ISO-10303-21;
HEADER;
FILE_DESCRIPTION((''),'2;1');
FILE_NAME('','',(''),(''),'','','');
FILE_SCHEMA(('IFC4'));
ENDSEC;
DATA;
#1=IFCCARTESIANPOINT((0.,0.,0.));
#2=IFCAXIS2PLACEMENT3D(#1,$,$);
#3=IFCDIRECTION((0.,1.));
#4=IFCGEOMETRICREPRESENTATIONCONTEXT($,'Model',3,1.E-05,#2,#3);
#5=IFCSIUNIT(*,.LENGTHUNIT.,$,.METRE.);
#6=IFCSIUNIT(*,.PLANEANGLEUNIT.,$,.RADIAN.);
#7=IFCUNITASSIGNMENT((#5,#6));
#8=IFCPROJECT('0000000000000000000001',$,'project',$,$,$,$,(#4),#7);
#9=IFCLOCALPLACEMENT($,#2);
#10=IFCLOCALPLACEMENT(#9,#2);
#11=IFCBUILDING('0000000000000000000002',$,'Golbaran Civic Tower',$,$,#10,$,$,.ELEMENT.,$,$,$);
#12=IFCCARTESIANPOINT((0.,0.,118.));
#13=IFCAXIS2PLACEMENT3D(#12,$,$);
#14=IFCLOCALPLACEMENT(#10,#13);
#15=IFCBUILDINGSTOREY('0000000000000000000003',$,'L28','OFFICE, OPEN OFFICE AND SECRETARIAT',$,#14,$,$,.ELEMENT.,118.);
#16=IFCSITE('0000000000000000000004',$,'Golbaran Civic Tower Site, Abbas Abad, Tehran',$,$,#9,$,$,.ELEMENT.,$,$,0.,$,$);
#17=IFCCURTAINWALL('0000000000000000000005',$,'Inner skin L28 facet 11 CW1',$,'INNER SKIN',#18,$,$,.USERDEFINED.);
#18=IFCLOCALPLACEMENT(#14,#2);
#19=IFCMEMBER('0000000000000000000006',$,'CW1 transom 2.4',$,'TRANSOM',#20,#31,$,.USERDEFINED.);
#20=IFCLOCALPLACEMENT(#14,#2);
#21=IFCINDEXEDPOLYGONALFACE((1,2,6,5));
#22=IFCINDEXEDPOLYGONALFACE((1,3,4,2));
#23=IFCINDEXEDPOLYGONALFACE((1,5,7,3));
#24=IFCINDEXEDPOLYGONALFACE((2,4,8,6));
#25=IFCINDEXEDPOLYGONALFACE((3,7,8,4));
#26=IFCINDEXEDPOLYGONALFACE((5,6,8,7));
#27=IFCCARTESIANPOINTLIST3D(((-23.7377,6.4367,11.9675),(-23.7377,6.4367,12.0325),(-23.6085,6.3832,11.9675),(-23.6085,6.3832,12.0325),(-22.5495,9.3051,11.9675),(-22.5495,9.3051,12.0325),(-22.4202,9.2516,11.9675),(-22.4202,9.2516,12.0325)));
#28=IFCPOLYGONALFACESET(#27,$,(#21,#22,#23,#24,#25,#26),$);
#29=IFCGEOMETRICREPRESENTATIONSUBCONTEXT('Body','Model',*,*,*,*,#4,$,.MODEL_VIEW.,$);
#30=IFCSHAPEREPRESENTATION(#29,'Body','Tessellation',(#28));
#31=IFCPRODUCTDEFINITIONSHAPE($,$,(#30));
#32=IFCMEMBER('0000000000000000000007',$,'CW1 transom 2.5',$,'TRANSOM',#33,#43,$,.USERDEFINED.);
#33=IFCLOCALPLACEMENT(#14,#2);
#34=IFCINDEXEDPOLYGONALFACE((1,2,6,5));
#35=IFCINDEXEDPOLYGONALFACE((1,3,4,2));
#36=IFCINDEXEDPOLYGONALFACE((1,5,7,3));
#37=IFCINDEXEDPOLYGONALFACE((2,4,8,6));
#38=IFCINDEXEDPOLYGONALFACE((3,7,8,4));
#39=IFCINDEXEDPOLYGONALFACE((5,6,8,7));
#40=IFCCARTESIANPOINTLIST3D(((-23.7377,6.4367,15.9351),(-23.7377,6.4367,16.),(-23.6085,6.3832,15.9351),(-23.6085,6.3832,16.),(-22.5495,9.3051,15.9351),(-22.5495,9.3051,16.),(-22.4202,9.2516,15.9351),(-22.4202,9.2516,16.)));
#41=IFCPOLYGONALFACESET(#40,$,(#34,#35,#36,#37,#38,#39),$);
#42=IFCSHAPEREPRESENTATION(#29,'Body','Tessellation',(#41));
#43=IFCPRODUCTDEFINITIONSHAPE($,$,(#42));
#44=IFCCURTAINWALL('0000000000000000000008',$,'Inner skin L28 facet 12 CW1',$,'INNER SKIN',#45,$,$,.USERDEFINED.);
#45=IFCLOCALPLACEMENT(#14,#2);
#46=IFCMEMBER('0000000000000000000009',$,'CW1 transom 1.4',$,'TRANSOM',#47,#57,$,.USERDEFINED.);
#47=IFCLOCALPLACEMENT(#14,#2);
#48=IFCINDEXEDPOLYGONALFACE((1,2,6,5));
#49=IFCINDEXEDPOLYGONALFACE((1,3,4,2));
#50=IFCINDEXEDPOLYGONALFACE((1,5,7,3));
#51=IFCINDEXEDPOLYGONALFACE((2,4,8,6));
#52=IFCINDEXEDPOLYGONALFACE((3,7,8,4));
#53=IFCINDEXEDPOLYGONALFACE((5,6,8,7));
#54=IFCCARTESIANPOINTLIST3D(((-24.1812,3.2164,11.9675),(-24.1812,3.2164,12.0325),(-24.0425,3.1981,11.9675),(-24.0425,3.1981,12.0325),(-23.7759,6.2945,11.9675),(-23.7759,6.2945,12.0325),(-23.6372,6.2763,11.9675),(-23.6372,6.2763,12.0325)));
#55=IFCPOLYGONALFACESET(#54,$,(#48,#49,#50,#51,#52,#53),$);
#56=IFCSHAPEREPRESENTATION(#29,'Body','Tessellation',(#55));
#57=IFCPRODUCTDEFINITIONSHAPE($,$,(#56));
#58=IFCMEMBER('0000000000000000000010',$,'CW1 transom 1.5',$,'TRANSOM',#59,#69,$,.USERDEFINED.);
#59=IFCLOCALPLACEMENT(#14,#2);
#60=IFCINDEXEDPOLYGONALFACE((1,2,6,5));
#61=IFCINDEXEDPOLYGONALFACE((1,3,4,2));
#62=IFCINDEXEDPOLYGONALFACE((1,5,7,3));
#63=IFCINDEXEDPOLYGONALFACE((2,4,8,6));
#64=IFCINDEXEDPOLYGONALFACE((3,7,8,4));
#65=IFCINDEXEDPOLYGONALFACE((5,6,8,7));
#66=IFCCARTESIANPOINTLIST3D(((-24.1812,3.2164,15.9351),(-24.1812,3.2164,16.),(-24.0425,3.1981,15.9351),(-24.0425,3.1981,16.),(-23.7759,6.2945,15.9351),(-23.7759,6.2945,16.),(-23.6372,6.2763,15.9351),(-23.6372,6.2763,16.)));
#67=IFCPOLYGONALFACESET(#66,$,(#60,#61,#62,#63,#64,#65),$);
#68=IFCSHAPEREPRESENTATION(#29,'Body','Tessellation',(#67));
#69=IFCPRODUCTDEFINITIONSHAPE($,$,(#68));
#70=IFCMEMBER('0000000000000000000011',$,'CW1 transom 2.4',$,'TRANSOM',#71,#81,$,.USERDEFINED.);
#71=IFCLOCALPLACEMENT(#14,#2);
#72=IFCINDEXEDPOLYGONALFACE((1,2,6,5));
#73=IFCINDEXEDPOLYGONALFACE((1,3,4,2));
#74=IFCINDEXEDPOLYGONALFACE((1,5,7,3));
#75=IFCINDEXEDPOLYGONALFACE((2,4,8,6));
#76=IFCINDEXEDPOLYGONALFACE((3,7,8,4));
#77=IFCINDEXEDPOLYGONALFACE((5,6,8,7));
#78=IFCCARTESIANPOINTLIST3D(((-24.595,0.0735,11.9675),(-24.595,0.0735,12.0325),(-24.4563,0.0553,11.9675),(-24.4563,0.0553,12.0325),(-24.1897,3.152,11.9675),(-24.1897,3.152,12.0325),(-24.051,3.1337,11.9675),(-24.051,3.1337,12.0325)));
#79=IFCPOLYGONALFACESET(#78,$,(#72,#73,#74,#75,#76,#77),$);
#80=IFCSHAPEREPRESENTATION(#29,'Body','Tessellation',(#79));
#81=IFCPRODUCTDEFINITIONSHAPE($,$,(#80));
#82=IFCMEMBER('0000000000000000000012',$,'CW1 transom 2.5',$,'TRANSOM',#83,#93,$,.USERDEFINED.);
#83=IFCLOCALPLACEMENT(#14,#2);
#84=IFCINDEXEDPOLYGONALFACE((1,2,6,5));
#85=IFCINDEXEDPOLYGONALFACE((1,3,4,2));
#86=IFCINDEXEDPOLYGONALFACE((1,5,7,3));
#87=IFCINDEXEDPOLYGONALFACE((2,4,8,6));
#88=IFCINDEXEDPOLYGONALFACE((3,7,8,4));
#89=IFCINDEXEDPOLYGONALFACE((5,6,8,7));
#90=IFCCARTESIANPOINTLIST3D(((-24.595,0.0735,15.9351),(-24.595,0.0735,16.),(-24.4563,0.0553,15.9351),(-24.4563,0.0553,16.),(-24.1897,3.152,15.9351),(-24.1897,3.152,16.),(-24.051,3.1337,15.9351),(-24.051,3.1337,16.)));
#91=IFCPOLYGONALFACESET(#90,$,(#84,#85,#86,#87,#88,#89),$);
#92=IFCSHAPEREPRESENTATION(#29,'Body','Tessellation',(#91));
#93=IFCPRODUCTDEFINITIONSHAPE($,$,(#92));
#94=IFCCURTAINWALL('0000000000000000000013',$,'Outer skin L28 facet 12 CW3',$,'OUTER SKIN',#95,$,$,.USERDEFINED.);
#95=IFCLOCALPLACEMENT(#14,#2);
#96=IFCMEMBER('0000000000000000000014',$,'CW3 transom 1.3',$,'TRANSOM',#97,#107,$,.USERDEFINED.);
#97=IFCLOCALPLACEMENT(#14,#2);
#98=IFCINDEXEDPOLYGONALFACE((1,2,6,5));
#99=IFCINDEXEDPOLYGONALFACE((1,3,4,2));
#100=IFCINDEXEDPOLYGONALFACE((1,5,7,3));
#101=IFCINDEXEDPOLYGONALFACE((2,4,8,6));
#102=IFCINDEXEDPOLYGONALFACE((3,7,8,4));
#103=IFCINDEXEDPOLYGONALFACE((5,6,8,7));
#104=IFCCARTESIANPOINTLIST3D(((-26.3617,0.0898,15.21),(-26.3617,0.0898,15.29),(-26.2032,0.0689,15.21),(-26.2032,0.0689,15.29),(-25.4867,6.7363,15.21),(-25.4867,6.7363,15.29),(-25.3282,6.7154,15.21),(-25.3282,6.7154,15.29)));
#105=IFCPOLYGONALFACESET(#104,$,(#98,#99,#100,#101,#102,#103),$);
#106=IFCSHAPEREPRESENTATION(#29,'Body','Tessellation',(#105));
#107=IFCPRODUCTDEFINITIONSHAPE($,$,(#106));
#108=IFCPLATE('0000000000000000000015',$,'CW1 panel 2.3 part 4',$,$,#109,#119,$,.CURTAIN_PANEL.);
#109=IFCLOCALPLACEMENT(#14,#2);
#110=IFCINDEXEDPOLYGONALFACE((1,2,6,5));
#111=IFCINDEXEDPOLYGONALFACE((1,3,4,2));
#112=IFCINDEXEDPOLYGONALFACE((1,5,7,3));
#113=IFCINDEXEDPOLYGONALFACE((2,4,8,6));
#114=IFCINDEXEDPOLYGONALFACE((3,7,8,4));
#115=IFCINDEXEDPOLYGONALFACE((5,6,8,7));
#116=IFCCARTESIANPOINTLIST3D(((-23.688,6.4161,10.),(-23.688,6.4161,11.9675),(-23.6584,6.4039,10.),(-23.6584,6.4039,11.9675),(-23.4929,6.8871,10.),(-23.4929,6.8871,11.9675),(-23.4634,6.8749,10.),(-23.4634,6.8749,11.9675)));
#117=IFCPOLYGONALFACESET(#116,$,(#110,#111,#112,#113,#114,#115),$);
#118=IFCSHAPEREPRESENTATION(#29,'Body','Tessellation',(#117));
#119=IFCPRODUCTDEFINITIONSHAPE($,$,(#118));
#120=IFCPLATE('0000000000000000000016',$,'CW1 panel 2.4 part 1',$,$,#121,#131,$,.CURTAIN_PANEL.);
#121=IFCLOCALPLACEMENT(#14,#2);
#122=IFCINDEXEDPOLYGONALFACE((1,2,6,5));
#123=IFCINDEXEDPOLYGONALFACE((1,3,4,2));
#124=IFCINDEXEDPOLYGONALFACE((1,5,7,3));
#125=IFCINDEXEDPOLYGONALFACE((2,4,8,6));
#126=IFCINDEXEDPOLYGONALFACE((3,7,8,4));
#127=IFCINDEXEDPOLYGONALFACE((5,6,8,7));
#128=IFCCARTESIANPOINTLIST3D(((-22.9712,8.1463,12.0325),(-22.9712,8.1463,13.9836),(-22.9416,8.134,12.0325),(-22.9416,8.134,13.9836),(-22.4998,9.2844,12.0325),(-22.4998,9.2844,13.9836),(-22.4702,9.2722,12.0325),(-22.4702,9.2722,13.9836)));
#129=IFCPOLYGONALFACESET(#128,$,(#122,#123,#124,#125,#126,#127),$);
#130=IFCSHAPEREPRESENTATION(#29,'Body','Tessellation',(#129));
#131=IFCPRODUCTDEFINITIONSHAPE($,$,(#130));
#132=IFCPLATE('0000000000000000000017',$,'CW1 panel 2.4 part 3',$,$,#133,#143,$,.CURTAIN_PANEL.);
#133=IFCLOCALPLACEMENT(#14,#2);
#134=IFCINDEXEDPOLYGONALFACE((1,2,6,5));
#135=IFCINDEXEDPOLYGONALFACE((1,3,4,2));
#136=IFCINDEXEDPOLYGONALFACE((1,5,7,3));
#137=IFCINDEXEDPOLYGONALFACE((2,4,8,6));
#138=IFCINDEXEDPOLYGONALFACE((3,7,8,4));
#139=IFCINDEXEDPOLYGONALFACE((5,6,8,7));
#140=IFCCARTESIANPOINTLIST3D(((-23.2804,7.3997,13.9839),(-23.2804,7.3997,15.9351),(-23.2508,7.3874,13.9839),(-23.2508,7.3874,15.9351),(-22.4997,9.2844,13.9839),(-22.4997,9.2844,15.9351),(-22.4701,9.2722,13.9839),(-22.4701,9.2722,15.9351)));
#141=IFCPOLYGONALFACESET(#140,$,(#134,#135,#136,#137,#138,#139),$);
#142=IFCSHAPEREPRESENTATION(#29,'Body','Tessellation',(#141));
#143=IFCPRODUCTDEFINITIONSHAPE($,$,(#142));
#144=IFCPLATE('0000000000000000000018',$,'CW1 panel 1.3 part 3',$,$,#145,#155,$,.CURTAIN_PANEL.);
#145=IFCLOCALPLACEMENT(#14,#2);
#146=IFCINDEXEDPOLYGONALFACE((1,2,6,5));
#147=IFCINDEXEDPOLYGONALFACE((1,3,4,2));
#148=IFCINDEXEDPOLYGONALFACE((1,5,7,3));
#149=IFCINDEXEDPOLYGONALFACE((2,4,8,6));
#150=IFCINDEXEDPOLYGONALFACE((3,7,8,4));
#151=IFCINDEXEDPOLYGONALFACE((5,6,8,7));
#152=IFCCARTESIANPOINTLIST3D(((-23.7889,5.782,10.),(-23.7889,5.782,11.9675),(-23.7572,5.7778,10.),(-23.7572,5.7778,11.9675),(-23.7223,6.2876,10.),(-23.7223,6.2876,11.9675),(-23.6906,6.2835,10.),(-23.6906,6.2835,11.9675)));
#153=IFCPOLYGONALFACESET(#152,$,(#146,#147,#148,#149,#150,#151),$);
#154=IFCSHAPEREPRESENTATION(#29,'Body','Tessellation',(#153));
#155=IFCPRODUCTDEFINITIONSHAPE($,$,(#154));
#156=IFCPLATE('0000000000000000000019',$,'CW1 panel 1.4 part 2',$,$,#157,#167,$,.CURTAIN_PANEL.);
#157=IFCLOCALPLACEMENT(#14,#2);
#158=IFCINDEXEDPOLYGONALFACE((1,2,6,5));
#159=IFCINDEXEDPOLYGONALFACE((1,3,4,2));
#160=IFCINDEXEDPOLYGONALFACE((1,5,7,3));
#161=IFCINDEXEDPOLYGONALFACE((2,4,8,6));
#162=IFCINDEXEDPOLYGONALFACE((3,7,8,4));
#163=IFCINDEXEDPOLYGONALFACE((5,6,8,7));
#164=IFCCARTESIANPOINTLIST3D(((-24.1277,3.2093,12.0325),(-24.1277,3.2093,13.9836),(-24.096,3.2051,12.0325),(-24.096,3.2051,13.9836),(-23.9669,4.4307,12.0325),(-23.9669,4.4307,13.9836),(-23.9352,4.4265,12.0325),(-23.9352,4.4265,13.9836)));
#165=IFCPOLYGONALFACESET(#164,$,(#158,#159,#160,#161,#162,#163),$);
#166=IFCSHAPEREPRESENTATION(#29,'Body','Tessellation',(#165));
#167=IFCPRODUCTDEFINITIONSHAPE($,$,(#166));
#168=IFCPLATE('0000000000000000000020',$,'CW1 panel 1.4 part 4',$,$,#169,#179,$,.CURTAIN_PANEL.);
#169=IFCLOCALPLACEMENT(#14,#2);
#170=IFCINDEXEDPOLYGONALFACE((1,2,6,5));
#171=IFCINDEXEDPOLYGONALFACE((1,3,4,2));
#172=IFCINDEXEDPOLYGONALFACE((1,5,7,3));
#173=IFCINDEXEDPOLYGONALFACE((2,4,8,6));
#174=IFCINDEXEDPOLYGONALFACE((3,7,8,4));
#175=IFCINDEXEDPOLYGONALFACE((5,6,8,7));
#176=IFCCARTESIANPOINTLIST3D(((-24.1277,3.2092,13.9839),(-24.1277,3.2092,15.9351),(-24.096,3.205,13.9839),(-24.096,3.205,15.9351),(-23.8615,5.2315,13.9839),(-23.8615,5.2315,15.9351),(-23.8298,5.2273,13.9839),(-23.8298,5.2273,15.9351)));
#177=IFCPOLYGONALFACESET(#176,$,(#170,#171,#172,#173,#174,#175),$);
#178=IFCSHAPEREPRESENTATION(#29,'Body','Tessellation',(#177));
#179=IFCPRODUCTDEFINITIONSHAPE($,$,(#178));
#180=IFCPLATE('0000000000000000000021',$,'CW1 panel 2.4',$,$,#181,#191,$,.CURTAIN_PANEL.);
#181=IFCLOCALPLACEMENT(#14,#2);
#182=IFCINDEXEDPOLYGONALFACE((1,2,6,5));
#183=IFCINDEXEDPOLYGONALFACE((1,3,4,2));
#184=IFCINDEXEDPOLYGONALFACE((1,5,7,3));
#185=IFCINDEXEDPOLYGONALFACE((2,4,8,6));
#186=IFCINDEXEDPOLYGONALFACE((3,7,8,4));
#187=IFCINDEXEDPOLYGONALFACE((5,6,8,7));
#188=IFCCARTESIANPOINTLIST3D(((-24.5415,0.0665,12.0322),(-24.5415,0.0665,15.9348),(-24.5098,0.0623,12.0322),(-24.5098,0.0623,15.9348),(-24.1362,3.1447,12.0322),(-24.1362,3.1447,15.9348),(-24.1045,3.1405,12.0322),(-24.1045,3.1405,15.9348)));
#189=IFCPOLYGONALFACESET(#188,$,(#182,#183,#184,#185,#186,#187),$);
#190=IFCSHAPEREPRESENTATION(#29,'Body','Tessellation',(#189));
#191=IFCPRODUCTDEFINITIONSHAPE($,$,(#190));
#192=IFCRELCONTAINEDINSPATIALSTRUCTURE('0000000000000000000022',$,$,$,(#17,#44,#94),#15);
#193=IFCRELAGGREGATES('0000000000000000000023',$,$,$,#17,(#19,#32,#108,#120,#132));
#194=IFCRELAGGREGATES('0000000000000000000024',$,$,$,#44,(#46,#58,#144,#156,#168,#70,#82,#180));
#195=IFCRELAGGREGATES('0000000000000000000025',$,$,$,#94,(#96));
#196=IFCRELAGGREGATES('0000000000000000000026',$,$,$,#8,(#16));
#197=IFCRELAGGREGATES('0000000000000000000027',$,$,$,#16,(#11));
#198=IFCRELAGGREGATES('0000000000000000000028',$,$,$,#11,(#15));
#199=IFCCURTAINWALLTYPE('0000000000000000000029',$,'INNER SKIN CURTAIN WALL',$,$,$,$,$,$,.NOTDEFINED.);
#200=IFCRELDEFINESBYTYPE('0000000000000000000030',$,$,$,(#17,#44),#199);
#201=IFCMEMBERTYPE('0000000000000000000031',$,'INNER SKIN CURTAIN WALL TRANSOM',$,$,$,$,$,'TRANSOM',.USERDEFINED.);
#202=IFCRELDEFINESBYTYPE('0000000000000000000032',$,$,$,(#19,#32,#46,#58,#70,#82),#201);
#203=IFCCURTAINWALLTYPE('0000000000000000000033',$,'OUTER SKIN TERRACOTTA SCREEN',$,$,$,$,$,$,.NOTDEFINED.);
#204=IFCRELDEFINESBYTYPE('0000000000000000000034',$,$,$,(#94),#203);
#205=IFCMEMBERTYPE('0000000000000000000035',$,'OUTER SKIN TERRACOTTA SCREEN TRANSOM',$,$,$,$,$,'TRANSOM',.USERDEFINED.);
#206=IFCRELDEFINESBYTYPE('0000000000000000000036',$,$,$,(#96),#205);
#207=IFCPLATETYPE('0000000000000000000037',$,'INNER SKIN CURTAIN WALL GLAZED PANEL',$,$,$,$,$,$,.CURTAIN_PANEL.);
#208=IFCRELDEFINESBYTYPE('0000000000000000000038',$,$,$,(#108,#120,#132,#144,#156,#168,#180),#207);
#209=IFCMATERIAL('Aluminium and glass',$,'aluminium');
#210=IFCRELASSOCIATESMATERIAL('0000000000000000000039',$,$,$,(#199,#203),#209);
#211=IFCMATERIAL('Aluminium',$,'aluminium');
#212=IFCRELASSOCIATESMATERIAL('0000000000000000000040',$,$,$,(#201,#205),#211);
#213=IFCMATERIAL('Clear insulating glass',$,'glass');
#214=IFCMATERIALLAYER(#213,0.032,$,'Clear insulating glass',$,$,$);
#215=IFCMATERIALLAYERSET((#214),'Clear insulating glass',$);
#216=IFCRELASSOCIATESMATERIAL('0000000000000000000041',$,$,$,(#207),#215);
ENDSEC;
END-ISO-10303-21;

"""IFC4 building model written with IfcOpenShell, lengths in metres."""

from ifc_helpers import new_model, si_unit, direction, frame, origin, origin_2d, place, context, subcontext, project, spatial, rectangle, extrude, material, layer, layer_set, material_profile, profile_set, type_object, element, aggregate, save


model = new_model("IFC4")

# Units and contexts
model_context = context("Model", 3, precision=1e-05, world=origin(), true_north=direction((0.0, 1.0)))
body_context = subcontext(model_context, "Body", "Model", "MODEL_VIEW")
ifc_project = project(units=[si_unit("LENGTHUNIT", "METRE"), si_unit("PLANEANGLEUNIT", "RADIAN")], contexts=[model_context])

# Site, building, storey
site_placement = place(None, origin())
site = spatial("IfcSite", under=ifc_project, at=site_placement, Name="Golbaran Civic Tower Site, Abbas Abad, Tehran", CompositionType="ELEMENT", RefElevation=0.0)
building_placement = place(site_placement, origin())
building = spatial("IfcBuilding", under=site, at=building_placement, Name="Golbaran Civic Tower", CompositionType="ELEMENT")
storey_placement = place(building_placement, frame((0.0, 0.0, 118.0)))
storey = spatial("IfcBuildingStorey", under=building, at=storey_placement, Name="L28", Description="OFFICE, OPEN OFFICE AND SECRETARIAT", CompositionType="ELEMENT", Elevation=118.0)

# Curtain walls, members
ifc_material_1 = material(Name="Aluminium and glass", Category="aluminium")
curtain_wall_type_1 = type_object("IfcCurtainWallType", Name="INNER SKIN CURTAIN WALL", PredefinedType="NOTDEFINED", material=ifc_material_1)
curtain_wall_1_placement = place(storey_placement, origin())
curtain_wall_1 = element("IfcCurtainWall", 1, at=curtain_wall_1_placement, inside=storey, type_object=curtain_wall_type_1, Name="Inner skin L28 facet 11 CW1", ObjectType="INNER SKIN", PredefinedType="USERDEFINED")
ifc_material_2 = material(Name="Aluminium", Category="aluminium")
ifc_material_profile_1 = material_profile(ifc_material_2, rectangle(XDim=0.1399, YDim=0.0649, at=origin_2d()), Name="INNER SKIN CURTAIN WALL TRANSOM")
ifc_profile_set_1 = profile_set([ifc_material_profile_1], Name="Aluminium")
member_type_1 = type_object("IfcMemberType", Name="INNER SKIN CURTAIN WALL TRANSOM", ElementType="TRANSOM", PredefinedType="USERDEFINED", material=ifc_profile_set_1)
member_1_placement = place(storey_placement, frame((-22.4849, 9.2783, 12.0), z_axis=(-0.382711, -0.923868, 0.0), x_axis=(0.923868, -0.382711, 0.0)))
member_1 = element("IfcMember", 2, at=member_1_placement, type_object=member_type_1, Name="CW1 transom 2.4", ObjectType="TRANSOM", PredefinedType="USERDEFINED", context=body_context, shape_type="SweptSolid", body=[
    extrude(rectangle(XDim=0.1399, YDim=0.0649, at=origin_2d()), origin(), (0.0, 0.0, 1.0), 3.1047),
])
member_2_placement = place(storey_placement, frame((-22.4849, 9.2783, 15.9675), z_axis=(-0.382711, -0.923868, 0.0), x_axis=(0.923868, -0.382711, 0.0)))
member_2 = element("IfcMember", 3, at=member_2_placement, type_object=member_type_1, Name="CW1 transom 2.5", ObjectType="TRANSOM", PredefinedType="USERDEFINED", context=body_context, shape_type="SweptSolid", body=[
    extrude(rectangle(XDim=0.1399, YDim=0.0649, at=origin_2d()), origin(), (0.0, 0.0, 1.0), 3.1047),
])
curtain_wall_2_placement = place(storey_placement, origin())
curtain_wall_2 = element("IfcCurtainWall", 4, at=curtain_wall_2_placement, inside=storey, type_object=curtain_wall_type_1, Name="Inner skin L28 facet 12 CW1", ObjectType="INNER SKIN", PredefinedType="USERDEFINED")
member_3_placement = place(storey_placement, frame((-23.7065, 6.2854, 12.0), z_axis=(-0.130536, -0.991444, 0.0), x_axis=(0.991444, -0.130536, 0.0)))
member_3 = element("IfcMember", 5, at=member_3_placement, type_object=member_type_1, Name="CW1 transom 1.4", ObjectType="TRANSOM", PredefinedType="USERDEFINED", context=body_context, shape_type="SweptSolid", body=[
    extrude(rectangle(XDim=0.1399, YDim=0.0649, at=origin_2d()), origin(), (0.0, 0.0, 1.0), 3.1047),
])
member_4_placement = place(storey_placement, frame((-23.7065, 6.2854, 15.9675), z_axis=(-0.130536, -0.991444, 0.0), x_axis=(0.991444, -0.130536, 0.0)))
member_4 = element("IfcMember", 6, at=member_4_placement, type_object=member_type_1, Name="CW1 transom 1.5", ObjectType="TRANSOM", PredefinedType="USERDEFINED", context=body_context, shape_type="SweptSolid", body=[
    extrude(rectangle(XDim=0.1399, YDim=0.0649, at=origin_2d()), origin(), (0.0, 0.0, 1.0), 3.1047),
])
member_5_placement = place(storey_placement, frame((-24.1204, 3.1428, 12.0), z_axis=(-0.130526, -0.991445, 0.0), x_axis=(0.991445, -0.130526, 0.0)))
member_5 = element("IfcMember", 7, at=member_5_placement, type_object=member_type_1, Name="CW1 transom 2.4", ObjectType="TRANSOM", PredefinedType="USERDEFINED", context=body_context, shape_type="SweptSolid", body=[
    extrude(rectangle(XDim=0.1399, YDim=0.0649, at=origin_2d()), origin(), (0.0, 0.0, 1.0), 3.105),
])
member_6_placement = place(storey_placement, frame((-24.1204, 3.1428, 15.9675), z_axis=(-0.130526, -0.991445, 0.0), x_axis=(0.991445, -0.130526, 0.0)))
member_6 = element("IfcMember", 8, at=member_6_placement, type_object=member_type_1, Name="CW1 transom 2.5", ObjectType="TRANSOM", PredefinedType="USERDEFINED", context=body_context, shape_type="SweptSolid", body=[
    extrude(rectangle(XDim=0.1399, YDim=0.0649, at=origin_2d()), origin(), (0.0, 0.0, 1.0), 3.105),
])

# Curtain wall, member
curtain_wall_type_2 = type_object("IfcCurtainWallType", Name="OUTER SKIN TERRACOTTA SCREEN", PredefinedType="NOTDEFINED", material=ifc_material_1)
curtain_wall_3_placement = place(storey_placement, origin())
curtain_wall_3 = element("IfcCurtainWall", 9, at=curtain_wall_3_placement, inside=storey, type_object=curtain_wall_type_2, Name="Outer skin L28 facet 12 CW3", ObjectType="OUTER SKIN", PredefinedType="USERDEFINED")
ifc_material_profile_2 = material_profile(ifc_material_2, rectangle(XDim=0.1599, YDim=0.0801, at=origin_2d()), Name="OUTER SKIN TERRACOTTA SCREEN TRANSOM")
ifc_profile_set_2 = profile_set([ifc_material_profile_2], Name="Aluminium")
member_type_2 = type_object("IfcMemberType", Name="OUTER SKIN TERRACOTTA SCREEN TRANSOM", ElementType="TRANSOM", PredefinedType="USERDEFINED", material=ifc_profile_set_2)
member_7_placement = place(storey_placement, frame((-25.4075, 6.7258, 15.25), z_axis=(-0.130522, -0.991445, 0.0), x_axis=(0.991445, -0.130522, 0.0)))
member_7 = element("IfcMember", 10, at=member_7_placement, type_object=member_type_2, Name="CW3 transom 1.3", ObjectType="TRANSOM", PredefinedType="USERDEFINED", context=body_context, shape_type="SweptSolid", body=[
    extrude(rectangle(XDim=0.1599, YDim=0.0801, at=origin_2d()), origin(), (0.0, 0.0, 1.0), 6.7039),
])

# Plates
ifc_material_3 = material(Name="Clear insulating glass", Category="glass")
ifc_layer_1 = layer(ifc_material_3, 0.032, Name="Clear insulating glass")
ifc_layer_set_1 = layer_set([ifc_layer_1], Name="Clear insulating glass")
plate_type_1 = type_object("IfcPlateType", Name="INNER SKIN CURTAIN WALL GLAZED PANEL", PredefinedType="CURTAIN_PANEL", material=ifc_layer_set_1)
plate_1_placement = place(storey_placement, frame((-23.5757, 6.6455, 10.0), z_axis=(0.0, 0.0, 1.0), x_axis=(-0.382683, -0.92388, 0.0)))
plate_1 = element("IfcPlate", 11, at=plate_1_placement, type_object=plate_type_1, Name="CW1 panel 2.3 part 4", PredefinedType="CURTAIN_PANEL", context=body_context, shape_type="SweptSolid", body=[
    extrude(rectangle(XDim=0.5098, YDim=0.032, at=origin_2d()), origin(), (0.0, 0.0, 1.0), 1.9675),
])
plate_2_placement = place(storey_placement, frame((-22.7207, 8.7092, 12.0325), z_axis=(0.0, 0.0, 1.0), x_axis=(-0.382683, -0.92388, 0.0)))
plate_2 = element("IfcPlate", 12, at=plate_2_placement, type_object=plate_type_1, Name="CW1 panel 2.4 part 1", PredefinedType="CURTAIN_PANEL", context=body_context, shape_type="SweptSolid", body=[
    extrude(rectangle(XDim=1.2319, YDim=0.032, at=origin_2d()), origin(), (0.0, 0.0, 1.0), 1.9512),
])
plate_3_placement = place(storey_placement, frame((-22.8752, 8.3359, 13.9839), z_axis=(0.0, 0.0, 1.0), x_axis=(-0.382683, -0.92388, 0.0)))
plate_3 = element("IfcPlate", 13, at=plate_3_placement, type_object=plate_type_1, Name="CW1 panel 2.4 part 3", PredefinedType="CURTAIN_PANEL", context=body_context, shape_type="SweptSolid", body=[
    extrude(rectangle(XDim=2.04, YDim=0.032, at=origin_2d()), origin(), (0.0, 0.0, 1.0), 1.9512),
])
plate_4_placement = place(storey_placement, frame((-23.7397, 6.0327, 10.0), z_axis=(0.0, 0.0, 1.0), x_axis=(-0.130526, -0.991445, 0.0)))
plate_4 = element("IfcPlate", 14, at=plate_4_placement, type_object=plate_type_1, Name="CW1 panel 1.3 part 3", PredefinedType="CURTAIN_PANEL", context=body_context, shape_type="SweptSolid", body=[
    extrude(rectangle(XDim=0.51, YDim=0.032, at=origin_2d()), origin(), (0.0, 0.0, 1.0), 1.9675),
])
plate_5_placement = place(storey_placement, frame((-24.0315, 3.8179, 12.0325), z_axis=(0.0, 0.0, 1.0), x_axis=(-0.130526, -0.991445, 0.0)))
plate_5 = element("IfcPlate", 15, at=plate_5_placement, type_object=plate_type_1, Name="CW1 panel 1.4 part 2", PredefinedType="CURTAIN_PANEL", context=body_context, shape_type="SweptSolid", body=[
    extrude(rectangle(XDim=1.2319, YDim=0.032, at=origin_2d()), origin(), (0.0, 0.0, 1.0), 1.9512),
])
plate_6_placement = place(storey_placement, frame((-23.9788, 4.2183, 13.9839), z_axis=(0.0, 0.0, 1.0), x_axis=(-0.130526, -0.991445, 0.0)))
plate_6 = element("IfcPlate", 16, at=plate_6_placement, type_object=plate_type_1, Name="CW1 panel 1.4 part 4", PredefinedType="CURTAIN_PANEL", context=body_context, shape_type="SweptSolid", body=[
    extrude(rectangle(XDim=2.0398, YDim=0.032, at=origin_2d()), origin(), (0.0, 0.0, 1.0), 1.9512),
])
plate_7_placement = place(storey_placement, frame((-24.323, 1.6035, 12.0322), z_axis=(0.0, 0.0, 1.0), x_axis=(-0.130526, -0.991445, 0.0)))
plate_7 = element("IfcPlate", 17, at=plate_7_placement, type_object=plate_type_1, Name="CW1 panel 2.4", PredefinedType="CURTAIN_PANEL", context=body_context, shape_type="SweptSolid", body=[
    extrude(rectangle(XDim=3.1047, YDim=0.032, at=origin_2d()), origin(), (0.0, 0.0, 1.0), 3.9026),
])
aggregate(curtain_wall_1, [member_1, member_2, plate_1, plate_2, plate_3])
aggregate(curtain_wall_2, [member_3, member_4, plate_4, plate_5, plate_6, member_5, member_6, plate_7])
aggregate(curtain_wall_3, [member_7])

save(model, "model.ifc")
